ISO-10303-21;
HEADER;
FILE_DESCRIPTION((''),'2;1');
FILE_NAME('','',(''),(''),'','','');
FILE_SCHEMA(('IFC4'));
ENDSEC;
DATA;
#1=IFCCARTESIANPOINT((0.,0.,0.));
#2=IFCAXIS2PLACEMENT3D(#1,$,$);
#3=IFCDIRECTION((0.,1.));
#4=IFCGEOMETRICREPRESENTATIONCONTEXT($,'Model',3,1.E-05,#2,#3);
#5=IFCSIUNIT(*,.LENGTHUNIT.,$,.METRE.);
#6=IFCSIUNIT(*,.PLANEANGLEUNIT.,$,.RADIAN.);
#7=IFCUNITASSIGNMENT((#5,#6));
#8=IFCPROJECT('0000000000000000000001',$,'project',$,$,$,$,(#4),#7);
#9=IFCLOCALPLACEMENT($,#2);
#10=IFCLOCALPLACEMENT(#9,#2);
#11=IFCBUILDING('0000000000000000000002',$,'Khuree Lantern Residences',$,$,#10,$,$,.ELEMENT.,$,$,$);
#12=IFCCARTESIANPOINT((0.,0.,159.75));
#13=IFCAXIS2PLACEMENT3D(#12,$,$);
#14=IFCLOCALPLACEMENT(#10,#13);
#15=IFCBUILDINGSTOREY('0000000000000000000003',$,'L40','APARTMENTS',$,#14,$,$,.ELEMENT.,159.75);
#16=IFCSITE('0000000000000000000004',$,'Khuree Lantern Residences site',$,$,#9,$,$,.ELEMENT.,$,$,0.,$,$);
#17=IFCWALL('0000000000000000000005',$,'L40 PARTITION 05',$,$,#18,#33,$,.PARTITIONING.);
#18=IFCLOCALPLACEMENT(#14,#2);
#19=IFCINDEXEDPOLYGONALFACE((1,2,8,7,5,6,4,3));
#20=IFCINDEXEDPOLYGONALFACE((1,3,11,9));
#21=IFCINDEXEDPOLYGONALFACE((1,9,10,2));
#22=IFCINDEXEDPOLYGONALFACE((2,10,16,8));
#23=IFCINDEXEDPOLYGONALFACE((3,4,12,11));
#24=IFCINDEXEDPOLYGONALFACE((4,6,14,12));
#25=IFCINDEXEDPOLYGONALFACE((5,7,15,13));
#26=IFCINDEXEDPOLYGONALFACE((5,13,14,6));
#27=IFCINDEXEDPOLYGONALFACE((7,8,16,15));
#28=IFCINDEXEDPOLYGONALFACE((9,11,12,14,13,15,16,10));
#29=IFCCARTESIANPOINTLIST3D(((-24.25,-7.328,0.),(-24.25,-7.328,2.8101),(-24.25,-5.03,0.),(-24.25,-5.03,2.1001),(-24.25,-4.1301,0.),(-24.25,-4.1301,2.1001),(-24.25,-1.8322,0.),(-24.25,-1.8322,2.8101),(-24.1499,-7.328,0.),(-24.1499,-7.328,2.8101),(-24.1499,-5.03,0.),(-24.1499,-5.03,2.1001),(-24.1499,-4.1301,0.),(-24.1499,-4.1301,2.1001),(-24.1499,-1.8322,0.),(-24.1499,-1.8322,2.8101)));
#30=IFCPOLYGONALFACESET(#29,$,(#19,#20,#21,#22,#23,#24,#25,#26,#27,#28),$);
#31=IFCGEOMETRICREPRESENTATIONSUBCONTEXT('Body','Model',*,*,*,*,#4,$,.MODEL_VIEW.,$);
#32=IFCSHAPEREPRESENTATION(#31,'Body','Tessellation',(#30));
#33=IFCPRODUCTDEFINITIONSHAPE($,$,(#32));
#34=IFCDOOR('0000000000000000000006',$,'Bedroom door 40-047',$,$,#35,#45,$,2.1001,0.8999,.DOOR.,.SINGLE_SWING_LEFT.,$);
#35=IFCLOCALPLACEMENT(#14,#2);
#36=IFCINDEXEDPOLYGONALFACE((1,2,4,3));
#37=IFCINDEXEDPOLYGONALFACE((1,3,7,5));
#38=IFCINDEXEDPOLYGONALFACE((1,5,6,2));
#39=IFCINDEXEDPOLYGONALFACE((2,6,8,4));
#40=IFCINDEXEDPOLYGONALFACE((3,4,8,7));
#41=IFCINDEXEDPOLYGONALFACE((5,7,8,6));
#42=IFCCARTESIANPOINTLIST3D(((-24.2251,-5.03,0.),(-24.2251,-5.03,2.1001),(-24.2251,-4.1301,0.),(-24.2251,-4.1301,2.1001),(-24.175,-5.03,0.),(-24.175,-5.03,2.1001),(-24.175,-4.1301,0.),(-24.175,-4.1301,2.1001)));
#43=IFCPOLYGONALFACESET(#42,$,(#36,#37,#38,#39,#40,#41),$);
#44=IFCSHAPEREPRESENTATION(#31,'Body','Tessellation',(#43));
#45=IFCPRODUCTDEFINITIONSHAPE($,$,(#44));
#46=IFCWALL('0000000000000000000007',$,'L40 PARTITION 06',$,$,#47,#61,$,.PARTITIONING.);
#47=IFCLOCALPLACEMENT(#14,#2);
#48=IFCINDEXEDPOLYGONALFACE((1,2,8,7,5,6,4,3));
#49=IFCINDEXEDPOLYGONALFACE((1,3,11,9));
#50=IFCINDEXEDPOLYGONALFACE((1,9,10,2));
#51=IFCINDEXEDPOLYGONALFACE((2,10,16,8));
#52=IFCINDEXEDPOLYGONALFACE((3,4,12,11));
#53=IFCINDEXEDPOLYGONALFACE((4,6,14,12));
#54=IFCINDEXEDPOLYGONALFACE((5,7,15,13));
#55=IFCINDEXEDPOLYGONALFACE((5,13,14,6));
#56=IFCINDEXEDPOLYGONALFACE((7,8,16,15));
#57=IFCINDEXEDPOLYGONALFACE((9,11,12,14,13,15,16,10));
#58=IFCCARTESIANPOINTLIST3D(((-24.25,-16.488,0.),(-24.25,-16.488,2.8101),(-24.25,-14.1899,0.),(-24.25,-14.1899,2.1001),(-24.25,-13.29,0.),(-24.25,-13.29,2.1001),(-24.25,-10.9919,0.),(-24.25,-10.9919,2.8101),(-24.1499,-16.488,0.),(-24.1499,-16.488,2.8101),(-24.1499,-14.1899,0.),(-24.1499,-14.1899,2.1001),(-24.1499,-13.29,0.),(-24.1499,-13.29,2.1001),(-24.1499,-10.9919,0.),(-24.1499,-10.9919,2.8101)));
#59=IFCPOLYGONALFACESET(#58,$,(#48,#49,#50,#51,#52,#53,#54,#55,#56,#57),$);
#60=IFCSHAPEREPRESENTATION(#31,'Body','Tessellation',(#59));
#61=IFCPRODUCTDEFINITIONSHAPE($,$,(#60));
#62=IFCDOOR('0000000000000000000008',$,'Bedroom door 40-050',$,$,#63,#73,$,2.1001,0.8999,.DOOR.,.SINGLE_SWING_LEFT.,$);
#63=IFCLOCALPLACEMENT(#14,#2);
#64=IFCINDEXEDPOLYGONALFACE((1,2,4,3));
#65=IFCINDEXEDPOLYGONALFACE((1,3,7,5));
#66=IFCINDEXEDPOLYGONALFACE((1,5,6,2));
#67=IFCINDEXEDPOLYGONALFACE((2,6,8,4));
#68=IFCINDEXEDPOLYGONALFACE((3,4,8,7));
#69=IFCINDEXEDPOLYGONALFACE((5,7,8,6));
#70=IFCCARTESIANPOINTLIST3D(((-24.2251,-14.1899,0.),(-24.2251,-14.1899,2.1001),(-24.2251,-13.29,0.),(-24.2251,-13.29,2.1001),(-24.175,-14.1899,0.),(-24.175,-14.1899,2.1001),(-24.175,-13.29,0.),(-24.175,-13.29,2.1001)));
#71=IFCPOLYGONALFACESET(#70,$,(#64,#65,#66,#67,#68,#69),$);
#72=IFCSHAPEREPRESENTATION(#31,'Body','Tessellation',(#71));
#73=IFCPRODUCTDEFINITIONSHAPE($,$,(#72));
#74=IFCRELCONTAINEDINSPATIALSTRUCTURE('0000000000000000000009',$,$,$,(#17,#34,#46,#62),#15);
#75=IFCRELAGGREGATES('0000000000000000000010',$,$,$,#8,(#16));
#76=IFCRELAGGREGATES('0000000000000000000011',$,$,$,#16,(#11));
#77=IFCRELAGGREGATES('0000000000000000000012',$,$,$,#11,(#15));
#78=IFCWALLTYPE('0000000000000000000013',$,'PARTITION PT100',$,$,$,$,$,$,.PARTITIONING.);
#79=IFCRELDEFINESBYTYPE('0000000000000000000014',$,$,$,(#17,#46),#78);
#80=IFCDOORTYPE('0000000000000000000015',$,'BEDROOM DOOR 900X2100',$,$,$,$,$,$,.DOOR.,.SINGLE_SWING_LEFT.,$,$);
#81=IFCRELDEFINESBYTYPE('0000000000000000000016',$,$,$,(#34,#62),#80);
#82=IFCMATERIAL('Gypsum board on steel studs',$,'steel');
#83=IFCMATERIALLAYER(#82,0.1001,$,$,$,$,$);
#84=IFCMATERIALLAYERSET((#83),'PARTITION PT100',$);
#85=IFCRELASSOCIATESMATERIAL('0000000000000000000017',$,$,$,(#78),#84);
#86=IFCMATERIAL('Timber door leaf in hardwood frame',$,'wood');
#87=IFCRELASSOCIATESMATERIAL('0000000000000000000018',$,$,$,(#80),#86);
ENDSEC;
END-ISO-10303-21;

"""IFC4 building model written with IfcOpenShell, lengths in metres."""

from ifc_helpers import new_model, si_unit, direction, frame, frame_2d, origin, place, context, subcontext, project, spatial, rectangle, extrude, material, layer, layer_set, type_object, element, fill, save


model = new_model("IFC4")

# Units and contexts
model_context = context("Model", 3, precision=1e-05, world=origin(), true_north=direction((0.0, 1.0)))
body_context = subcontext(model_context, "Body", "Model", "MODEL_VIEW")
ifc_project = project(units=[si_unit("LENGTHUNIT", "METRE"), si_unit("PLANEANGLEUNIT", "RADIAN")], contexts=[model_context])

# Site, building, storey
site_placement = place(None, origin())
site = spatial("IfcSite", under=ifc_project, at=site_placement, Name="Khuree Lantern Residences site", CompositionType="ELEMENT", RefElevation=0.0)
building_placement = place(site_placement, origin())
building = spatial("IfcBuilding", under=site, at=building_placement, Name="Khuree Lantern Residences", CompositionType="ELEMENT")
storey_placement = place(building_placement, frame((0.0, 0.0, 159.75)))
storey = spatial("IfcBuildingStorey", under=building, at=storey_placement, Name="L40", Description="APARTMENTS", CompositionType="ELEMENT", Elevation=159.75)

# Shared definitions
ifc_material_1 = material(Name="Timber door leaf in hardwood frame", Category="wood")

# Shared definitions
ifc_material_2 = material(Name="Gypsum board on steel studs", Category="steel")

# Shared definitions
ifc_layer_1 = layer(ifc_material_2, 0.1001)
ifc_layer_set_1 = layer_set([ifc_layer_1], Name="PARTITION PT100")
wall_type_1 = type_object("IfcWallType", Name="PARTITION PT100", PredefinedType="PARTITIONING", material=ifc_layer_set_1)

# Walls, openings, doors
wall_1_placement = place(storey_placement, frame((-24.2, -1.832, 0.0), z_axis=(0.0, 0.0, 1.0), x_axis=(0.0, -1.0, 0.0)))
wall_1 = element("IfcWall", 1, at=wall_1_placement, inside=storey, type_object=wall_type_1, Name="L40 PARTITION 05", PredefinedType="PARTITIONING", context=body_context, shape_type="SweptSolid", body=[
    extrude(rectangle(XDim=5.4958, YDim=0.1001, at=frame_2d((2.748, 0.0))), origin(), (0.0, 0.0, 1.0), 2.8101),
])
opening_1_placement = place(wall_1_placement, frame((2.2981, 0.0, 0.0)))
opening_1 = element("IfcOpeningElement", 2, at=opening_1_placement, cuts=wall_1, PredefinedType="OPENING", context=body_context, shape_type="SweptSolid", body=[
    extrude(rectangle(XDim=0.8999, YDim=2.1001, at=frame_2d((0.45, 1.05))), frame((0.0, 0.0601, 0.0), z_axis=(0.0, -1.0, 0.0), x_axis=(1.0, 0.0, 0.0)), (0.0, 0.0, 1.0), 0.1201),
])
door_type_1 = type_object("IfcDoorType", Name="BEDROOM DOOR 900X2100", OperationType="SINGLE_SWING_LEFT", PredefinedType="DOOR", material=ifc_material_1)
door_1_placement = place(opening_1_placement, origin())
door_1 = element("IfcDoor", 3, at=door_1_placement, inside=storey, type_object=door_type_1, Name="Bedroom door 40-047", OperationType="SINGLE_SWING_LEFT", OverallHeight=2.1001, OverallWidth=0.8999, PredefinedType="DOOR", context=body_context, shape_type="SweptSolid", body=[
    extrude(rectangle(XDim=0.8999, YDim=2.1001, at=frame_2d((0.45, 1.05))), frame((0.0, 0.0249, 0.0), z_axis=(0.0, -1.0, 0.0), x_axis=(1.0, 0.0, 0.0)), (0.0, 0.0, 1.0), 0.05),
])
fill(opening_1, door_1)
wall_2_placement = place(storey_placement, frame((-24.2, -10.9919, 0.0), z_axis=(0.0, 0.0, 1.0), x_axis=(0.0, -1.0, 0.0)))
wall_2 = element("IfcWall", 4, at=wall_2_placement, inside=storey, type_object=wall_type_1, Name="L40 PARTITION 06", PredefinedType="PARTITIONING", context=body_context, shape_type="SweptSolid", body=[
    extrude(rectangle(XDim=5.4961, YDim=0.1001, at=frame_2d((2.748, 0.0))), origin(), (0.0, 0.0, 1.0), 2.8101),
])
opening_2_placement = place(wall_2_placement, frame((2.2981, 0.0, 0.0)))
opening_2 = element("IfcOpeningElement", 5, at=opening_2_placement, cuts=wall_2, PredefinedType="OPENING", context=body_context, shape_type="SweptSolid", body=[
    extrude(rectangle(XDim=0.8999, YDim=2.1001, at=frame_2d((0.45, 1.05))), frame((0.0, 0.0601, 0.0), z_axis=(0.0, -1.0, 0.0), x_axis=(1.0, 0.0, 0.0)), (0.0, 0.0, 1.0), 0.1201),
])
door_2_placement = place(opening_2_placement, origin())
door_2 = element("IfcDoor", 6, at=door_2_placement, inside=storey, type_object=door_type_1, Name="Bedroom door 40-050", OperationType="SINGLE_SWING_LEFT", OverallHeight=2.1001, OverallWidth=0.8999, PredefinedType="DOOR", context=body_context, shape_type="SweptSolid", body=[
    extrude(rectangle(XDim=0.8999, YDim=2.1001, at=frame_2d((0.45, 1.05))), frame((0.0, 0.0249, 0.0), z_axis=(0.0, -1.0, 0.0), x_axis=(1.0, 0.0, 0.0)), (0.0, 0.0, 1.0), 0.05),
])
fill(opening_2, door_2)

save(model, "model.ifc")
